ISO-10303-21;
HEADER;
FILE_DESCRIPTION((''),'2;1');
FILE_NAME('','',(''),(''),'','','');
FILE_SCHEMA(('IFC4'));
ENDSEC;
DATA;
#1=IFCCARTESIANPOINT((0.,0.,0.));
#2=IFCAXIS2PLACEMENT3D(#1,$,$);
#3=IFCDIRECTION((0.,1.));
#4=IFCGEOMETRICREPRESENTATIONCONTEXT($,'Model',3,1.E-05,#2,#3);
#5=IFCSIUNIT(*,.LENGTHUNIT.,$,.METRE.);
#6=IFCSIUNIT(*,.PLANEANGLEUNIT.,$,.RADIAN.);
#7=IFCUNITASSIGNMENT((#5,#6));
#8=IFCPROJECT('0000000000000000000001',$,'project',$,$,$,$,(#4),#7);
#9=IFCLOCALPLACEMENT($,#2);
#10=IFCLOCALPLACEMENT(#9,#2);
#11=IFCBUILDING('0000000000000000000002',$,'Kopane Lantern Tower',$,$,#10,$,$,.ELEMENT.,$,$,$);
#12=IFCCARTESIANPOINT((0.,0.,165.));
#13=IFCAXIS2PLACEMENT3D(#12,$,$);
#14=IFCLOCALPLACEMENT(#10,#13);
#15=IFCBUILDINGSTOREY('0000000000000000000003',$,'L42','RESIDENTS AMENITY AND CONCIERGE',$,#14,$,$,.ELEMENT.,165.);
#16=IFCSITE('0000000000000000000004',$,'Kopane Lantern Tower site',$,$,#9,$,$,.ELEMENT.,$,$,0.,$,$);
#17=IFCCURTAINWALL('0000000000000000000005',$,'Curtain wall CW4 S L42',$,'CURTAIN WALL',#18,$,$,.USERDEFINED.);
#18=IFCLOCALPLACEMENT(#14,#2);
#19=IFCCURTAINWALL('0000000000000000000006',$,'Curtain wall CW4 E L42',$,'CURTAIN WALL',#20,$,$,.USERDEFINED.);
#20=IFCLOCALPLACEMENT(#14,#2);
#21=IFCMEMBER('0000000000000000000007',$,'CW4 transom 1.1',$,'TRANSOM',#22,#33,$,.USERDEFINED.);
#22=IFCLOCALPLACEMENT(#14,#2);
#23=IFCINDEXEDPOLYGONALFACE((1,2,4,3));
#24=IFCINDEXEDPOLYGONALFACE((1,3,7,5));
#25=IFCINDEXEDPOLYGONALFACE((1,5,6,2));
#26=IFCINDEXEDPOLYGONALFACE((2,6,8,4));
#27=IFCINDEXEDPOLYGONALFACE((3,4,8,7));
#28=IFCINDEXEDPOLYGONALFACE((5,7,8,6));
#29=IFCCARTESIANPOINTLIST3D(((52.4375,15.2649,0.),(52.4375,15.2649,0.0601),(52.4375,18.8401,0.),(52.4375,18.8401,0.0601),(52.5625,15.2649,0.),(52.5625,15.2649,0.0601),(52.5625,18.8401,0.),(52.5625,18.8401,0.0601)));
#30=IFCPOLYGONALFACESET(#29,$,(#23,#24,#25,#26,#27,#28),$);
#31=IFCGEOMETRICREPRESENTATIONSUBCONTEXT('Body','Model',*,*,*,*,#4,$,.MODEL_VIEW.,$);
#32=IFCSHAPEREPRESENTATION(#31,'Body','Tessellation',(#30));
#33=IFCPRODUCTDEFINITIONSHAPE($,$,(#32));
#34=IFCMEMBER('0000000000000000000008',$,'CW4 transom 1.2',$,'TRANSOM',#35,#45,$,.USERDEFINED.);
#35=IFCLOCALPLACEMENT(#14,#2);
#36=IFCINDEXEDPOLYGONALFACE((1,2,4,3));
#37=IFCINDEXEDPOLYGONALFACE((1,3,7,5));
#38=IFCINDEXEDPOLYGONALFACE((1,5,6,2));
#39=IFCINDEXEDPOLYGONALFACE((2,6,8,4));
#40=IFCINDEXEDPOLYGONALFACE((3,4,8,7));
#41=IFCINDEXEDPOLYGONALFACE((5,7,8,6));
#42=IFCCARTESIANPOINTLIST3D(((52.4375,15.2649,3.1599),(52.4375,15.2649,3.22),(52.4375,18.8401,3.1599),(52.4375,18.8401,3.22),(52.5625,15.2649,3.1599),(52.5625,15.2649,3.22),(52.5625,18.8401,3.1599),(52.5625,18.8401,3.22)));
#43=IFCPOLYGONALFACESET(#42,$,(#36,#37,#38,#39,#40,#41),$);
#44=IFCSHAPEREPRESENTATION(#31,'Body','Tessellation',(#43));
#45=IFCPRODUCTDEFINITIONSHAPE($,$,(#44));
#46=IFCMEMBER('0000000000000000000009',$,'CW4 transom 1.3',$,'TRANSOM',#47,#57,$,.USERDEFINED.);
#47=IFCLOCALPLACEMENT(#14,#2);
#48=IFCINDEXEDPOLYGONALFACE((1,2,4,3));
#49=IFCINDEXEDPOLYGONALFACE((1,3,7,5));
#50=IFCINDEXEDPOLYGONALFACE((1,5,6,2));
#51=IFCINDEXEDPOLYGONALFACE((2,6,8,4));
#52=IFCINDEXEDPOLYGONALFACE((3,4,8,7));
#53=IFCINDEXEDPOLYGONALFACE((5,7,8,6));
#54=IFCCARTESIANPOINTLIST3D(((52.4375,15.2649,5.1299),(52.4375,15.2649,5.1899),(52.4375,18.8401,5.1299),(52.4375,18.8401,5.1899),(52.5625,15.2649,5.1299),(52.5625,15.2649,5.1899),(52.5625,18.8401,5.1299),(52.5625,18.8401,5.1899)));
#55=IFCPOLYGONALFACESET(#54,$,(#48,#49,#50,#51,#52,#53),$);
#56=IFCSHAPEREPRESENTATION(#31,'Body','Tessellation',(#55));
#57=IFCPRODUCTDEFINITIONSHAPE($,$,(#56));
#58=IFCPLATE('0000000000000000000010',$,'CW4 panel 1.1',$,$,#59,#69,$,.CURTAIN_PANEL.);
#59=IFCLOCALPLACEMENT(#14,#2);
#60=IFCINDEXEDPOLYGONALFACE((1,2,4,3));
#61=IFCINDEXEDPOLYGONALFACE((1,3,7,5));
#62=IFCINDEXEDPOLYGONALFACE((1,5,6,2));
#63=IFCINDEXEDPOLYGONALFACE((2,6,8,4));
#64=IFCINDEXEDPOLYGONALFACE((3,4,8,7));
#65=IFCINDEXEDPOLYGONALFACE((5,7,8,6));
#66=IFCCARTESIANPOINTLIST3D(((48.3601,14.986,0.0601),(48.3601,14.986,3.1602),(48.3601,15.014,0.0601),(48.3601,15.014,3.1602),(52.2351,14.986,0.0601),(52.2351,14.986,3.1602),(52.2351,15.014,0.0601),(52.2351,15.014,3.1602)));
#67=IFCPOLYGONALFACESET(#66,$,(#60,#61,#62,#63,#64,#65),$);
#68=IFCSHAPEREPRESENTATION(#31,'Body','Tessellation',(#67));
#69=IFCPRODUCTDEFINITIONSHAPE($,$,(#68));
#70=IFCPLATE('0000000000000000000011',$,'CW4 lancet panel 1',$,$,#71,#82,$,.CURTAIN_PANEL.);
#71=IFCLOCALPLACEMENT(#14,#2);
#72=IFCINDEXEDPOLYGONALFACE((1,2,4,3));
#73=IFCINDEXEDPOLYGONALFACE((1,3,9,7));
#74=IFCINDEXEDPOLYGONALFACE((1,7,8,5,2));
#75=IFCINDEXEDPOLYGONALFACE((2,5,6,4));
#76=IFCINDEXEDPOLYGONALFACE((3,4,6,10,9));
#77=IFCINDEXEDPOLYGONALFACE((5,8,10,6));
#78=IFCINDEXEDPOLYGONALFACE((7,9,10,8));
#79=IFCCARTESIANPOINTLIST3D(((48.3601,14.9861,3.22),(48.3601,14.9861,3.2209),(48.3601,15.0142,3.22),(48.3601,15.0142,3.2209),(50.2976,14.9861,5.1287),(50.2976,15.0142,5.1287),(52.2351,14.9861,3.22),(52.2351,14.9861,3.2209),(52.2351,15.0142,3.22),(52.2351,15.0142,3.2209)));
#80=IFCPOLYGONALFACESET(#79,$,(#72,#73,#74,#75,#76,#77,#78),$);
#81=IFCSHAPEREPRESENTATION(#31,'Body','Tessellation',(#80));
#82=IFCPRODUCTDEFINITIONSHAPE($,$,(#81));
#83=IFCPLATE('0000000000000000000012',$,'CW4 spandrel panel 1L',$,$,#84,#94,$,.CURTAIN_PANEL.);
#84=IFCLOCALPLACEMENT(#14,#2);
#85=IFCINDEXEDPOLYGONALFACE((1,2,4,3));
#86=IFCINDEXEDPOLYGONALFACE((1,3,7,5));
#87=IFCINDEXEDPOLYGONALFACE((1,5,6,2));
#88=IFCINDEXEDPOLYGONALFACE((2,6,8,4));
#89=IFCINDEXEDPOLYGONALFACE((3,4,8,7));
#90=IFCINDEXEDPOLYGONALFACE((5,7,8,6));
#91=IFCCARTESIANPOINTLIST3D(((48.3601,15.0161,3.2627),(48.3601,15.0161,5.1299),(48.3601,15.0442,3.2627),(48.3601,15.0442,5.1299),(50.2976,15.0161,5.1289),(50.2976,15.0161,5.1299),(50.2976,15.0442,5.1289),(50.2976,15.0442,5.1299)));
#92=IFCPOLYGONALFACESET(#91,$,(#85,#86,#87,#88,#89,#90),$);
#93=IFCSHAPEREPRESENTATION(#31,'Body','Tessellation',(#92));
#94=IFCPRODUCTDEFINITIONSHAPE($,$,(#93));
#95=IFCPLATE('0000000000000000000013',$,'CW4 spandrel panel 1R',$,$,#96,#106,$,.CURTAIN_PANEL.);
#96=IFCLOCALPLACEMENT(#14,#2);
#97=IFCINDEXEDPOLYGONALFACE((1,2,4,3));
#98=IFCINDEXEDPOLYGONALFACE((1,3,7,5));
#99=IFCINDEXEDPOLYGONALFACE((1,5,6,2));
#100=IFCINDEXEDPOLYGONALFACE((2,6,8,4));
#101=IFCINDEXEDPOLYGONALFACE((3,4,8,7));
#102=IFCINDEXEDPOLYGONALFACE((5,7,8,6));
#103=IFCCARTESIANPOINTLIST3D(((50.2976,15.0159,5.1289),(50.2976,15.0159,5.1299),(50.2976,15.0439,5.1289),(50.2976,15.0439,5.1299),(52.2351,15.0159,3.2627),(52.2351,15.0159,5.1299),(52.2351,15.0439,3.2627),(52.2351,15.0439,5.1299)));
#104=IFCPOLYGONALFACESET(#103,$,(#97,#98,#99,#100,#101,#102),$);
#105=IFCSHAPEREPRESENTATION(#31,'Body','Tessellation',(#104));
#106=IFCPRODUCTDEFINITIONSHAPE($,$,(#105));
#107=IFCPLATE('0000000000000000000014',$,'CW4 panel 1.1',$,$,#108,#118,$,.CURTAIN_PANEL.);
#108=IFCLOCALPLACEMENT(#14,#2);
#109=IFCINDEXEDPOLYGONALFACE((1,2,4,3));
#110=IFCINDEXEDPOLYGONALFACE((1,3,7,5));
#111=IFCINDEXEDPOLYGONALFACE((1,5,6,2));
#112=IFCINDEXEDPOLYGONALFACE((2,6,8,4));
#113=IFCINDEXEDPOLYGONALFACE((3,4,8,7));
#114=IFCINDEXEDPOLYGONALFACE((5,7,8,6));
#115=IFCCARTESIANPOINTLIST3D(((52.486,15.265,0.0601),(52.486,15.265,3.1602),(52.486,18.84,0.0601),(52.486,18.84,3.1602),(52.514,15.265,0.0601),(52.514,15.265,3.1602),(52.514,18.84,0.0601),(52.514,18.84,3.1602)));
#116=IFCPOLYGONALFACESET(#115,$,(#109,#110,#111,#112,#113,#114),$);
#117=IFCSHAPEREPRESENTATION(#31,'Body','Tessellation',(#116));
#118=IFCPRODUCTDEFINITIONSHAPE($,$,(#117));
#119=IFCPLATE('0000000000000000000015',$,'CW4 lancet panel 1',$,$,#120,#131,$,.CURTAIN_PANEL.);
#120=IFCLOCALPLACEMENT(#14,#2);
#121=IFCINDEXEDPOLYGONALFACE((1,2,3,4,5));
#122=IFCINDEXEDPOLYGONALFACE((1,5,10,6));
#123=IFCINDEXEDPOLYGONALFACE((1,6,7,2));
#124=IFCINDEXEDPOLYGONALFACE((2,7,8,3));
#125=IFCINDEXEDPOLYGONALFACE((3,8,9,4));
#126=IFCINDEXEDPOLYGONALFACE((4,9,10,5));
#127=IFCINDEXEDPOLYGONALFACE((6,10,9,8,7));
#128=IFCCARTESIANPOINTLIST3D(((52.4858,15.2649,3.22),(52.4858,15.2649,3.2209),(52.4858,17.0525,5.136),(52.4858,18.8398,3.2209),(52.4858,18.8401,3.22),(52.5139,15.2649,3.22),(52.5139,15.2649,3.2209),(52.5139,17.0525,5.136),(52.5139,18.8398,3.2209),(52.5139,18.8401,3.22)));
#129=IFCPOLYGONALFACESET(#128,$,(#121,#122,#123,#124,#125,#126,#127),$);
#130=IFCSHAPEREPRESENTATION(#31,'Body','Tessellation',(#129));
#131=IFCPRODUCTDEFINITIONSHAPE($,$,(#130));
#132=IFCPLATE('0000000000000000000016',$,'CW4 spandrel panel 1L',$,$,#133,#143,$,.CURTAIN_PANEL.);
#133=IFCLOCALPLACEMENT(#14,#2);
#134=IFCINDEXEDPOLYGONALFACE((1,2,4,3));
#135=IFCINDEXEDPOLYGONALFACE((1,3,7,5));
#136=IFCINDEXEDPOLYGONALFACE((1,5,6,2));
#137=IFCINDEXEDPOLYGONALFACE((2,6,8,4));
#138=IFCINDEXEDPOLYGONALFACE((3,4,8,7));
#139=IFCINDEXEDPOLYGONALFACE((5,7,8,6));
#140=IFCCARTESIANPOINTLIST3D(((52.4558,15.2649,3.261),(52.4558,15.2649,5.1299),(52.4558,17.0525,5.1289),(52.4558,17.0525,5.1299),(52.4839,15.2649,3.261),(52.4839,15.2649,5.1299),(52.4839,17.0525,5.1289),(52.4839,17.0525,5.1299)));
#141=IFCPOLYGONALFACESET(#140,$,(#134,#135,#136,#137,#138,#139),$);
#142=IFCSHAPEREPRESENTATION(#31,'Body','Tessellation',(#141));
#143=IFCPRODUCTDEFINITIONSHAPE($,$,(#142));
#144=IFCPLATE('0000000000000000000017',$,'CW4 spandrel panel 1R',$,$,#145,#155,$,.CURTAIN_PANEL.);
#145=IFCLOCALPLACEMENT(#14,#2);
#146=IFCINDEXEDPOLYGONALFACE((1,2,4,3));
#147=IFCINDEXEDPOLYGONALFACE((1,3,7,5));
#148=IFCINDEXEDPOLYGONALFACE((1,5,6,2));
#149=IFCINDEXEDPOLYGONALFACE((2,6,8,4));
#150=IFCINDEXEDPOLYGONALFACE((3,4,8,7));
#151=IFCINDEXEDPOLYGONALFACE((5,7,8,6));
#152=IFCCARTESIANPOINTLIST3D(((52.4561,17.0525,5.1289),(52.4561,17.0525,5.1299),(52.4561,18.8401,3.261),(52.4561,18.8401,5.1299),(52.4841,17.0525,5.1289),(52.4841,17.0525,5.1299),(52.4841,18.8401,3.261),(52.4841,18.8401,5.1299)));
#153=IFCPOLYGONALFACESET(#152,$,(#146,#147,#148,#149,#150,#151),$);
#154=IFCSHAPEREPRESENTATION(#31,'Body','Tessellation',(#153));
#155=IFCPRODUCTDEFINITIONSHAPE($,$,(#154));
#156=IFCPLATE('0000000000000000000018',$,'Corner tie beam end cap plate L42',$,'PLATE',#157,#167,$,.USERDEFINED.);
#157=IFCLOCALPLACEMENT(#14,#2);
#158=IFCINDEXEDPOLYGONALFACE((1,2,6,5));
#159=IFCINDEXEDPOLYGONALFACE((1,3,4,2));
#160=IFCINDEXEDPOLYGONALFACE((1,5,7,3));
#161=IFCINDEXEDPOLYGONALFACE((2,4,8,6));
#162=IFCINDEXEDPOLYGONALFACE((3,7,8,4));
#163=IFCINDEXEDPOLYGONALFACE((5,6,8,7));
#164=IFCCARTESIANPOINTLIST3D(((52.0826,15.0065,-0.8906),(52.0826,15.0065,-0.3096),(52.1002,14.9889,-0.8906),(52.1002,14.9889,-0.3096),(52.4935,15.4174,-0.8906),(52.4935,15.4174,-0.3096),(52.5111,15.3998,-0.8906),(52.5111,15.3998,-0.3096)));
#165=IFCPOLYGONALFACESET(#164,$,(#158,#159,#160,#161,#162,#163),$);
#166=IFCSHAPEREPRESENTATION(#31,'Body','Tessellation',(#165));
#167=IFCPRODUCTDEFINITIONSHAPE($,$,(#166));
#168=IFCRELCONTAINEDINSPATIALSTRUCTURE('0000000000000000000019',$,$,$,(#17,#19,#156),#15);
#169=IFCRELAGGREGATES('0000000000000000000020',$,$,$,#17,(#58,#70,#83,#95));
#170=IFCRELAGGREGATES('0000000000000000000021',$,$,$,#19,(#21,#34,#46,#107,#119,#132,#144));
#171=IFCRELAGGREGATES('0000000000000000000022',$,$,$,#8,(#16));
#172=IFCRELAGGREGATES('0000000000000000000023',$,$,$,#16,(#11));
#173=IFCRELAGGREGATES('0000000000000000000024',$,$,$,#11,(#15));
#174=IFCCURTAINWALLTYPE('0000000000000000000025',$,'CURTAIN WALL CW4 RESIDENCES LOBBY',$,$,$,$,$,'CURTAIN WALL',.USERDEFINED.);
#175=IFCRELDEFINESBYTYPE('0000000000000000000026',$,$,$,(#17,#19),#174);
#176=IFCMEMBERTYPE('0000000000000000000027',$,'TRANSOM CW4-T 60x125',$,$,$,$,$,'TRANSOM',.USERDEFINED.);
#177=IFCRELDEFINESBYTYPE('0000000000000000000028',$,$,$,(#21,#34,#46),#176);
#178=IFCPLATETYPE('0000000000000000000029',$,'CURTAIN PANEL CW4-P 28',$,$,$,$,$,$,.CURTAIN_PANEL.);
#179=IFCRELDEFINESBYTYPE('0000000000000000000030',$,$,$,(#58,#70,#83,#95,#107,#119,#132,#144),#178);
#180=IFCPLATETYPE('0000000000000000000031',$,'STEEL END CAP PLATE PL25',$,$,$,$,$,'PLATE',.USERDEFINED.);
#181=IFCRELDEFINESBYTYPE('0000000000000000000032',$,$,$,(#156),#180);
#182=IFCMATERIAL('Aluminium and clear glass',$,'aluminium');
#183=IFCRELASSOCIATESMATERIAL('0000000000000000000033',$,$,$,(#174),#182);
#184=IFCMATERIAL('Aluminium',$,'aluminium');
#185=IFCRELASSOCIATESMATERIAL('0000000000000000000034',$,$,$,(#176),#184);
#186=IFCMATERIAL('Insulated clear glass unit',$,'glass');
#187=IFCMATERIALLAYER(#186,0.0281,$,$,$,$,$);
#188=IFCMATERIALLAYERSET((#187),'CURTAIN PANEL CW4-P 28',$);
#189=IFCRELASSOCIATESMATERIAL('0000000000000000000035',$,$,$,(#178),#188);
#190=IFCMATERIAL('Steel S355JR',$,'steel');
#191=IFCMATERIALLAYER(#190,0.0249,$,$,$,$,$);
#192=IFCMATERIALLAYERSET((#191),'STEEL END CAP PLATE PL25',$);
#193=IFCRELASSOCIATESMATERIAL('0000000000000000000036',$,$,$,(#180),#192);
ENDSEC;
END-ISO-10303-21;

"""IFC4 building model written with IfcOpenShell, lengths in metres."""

from ifc_helpers import new_model, si_unit, direction, frame, origin, origin_2d, place, context, subcontext, project, spatial, polyline, rectangle, outline, extrude, material, layer, layer_set, material_profile, profile_set, type_object, element, aggregate, save


model = new_model("IFC4")

# Units and contexts
model_context = context("Model", 3, precision=1e-05, world=origin(), true_north=direction((0.0, 1.0)))
body_context = subcontext(model_context, "Body", "Model", "MODEL_VIEW")
ifc_project = project(units=[si_unit("LENGTHUNIT", "METRE"), si_unit("PLANEANGLEUNIT", "RADIAN")], contexts=[model_context])

# Site, building, storey
site_placement = place(None, origin())
site = spatial("IfcSite", under=ifc_project, at=site_placement, Name="Kopane Lantern Tower site", CompositionType="ELEMENT", RefElevation=0.0)
building_placement = place(site_placement, origin())
building = spatial("IfcBuilding", under=site, at=building_placement, Name="Kopane Lantern Tower", CompositionType="ELEMENT")
storey_placement = place(building_placement, frame((0.0, 0.0, 165.0)))
storey = spatial("IfcBuildingStorey", under=building, at=storey_placement, Name="L42", Description="RESIDENTS AMENITY AND CONCIERGE", CompositionType="ELEMENT", Elevation=165.0)

# Curtain walls
ifc_material_1 = material(Name="Aluminium and clear glass", Category="aluminium")
curtain_wall_type = type_object("IfcCurtainWallType", Name="CURTAIN WALL CW4 RESIDENCES LOBBY", ElementType="CURTAIN WALL", PredefinedType="USERDEFINED", material=ifc_material_1)
curtain_wall_1_placement = place(storey_placement, origin())
curtain_wall_1 = element("IfcCurtainWall", 1, at=curtain_wall_1_placement, inside=storey, type_object=curtain_wall_type, Name="Curtain wall CW4 S L42", ObjectType="CURTAIN WALL", PredefinedType="USERDEFINED")
curtain_wall_2_placement = place(storey_placement, origin())
curtain_wall_2 = element("IfcCurtainWall", 2, at=curtain_wall_2_placement, inside=storey, type_object=curtain_wall_type, Name="Curtain wall CW4 E L42", ObjectType="CURTAIN WALL", PredefinedType="USERDEFINED")

# Members
ifc_material_2 = material(Name="Aluminium", Category="aluminium")
ifc_material_profile_1 = material_profile(ifc_material_2, rectangle(XDim=0.125, YDim=0.0601, at=origin_2d()), Name="AL 125x60")
ifc_profile_set_1 = profile_set([ifc_material_profile_1], Name="Aluminium")
member_type_1 = type_object("IfcMemberType", Name="TRANSOM CW4-T 60x125", ElementType="TRANSOM", PredefinedType="USERDEFINED", material=ifc_profile_set_1)
member_1_placement = place(storey_placement, frame((52.5, 15.2649, 0.03), z_axis=(0.0, 1.0, 0.0), x_axis=(-1.0, 0.0, 0.0)))
member_1 = element("IfcMember", 3, at=member_1_placement, type_object=member_type_1, Name="CW4 transom 1.1", ObjectType="TRANSOM", PredefinedType="USERDEFINED", context=body_context, shape_type="SweptSolid", body=[
    extrude(rectangle(XDim=0.125, YDim=0.0601, at=origin_2d()), origin(), (0.0, 0.0, 1.0), 3.5752),
])
member_2_placement = place(storey_placement, frame((52.5, 15.2649, 3.1899), z_axis=(0.0, 1.0, 0.0), x_axis=(-1.0, 0.0, 0.0)))
member_2 = element("IfcMember", 4, at=member_2_placement, type_object=member_type_1, Name="CW4 transom 1.2", ObjectType="TRANSOM", PredefinedType="USERDEFINED", context=body_context, shape_type="SweptSolid", body=[
    extrude(rectangle(XDim=0.125, YDim=0.0601, at=origin_2d()), origin(), (0.0, 0.0, 1.0), 3.5752),
])
member_3_placement = place(storey_placement, frame((52.5, 15.2649, 5.1599), z_axis=(0.0, 1.0, 0.0), x_axis=(-1.0, 0.0, 0.0)))
member_3 = element("IfcMember", 5, at=member_3_placement, type_object=member_type_1, Name="CW4 transom 1.3", ObjectType="TRANSOM", PredefinedType="USERDEFINED", context=body_context, shape_type="SweptSolid", body=[
    extrude(rectangle(XDim=0.125, YDim=0.0601, at=origin_2d()), origin(), (0.0, 0.0, 1.0), 3.5752),
])

# Plates
ifc_material_3 = material(Name="Insulated clear glass unit", Category="glass")
ifc_layer_1 = layer(ifc_material_3, 0.0281)
ifc_layer_set_1 = layer_set([ifc_layer_1], Name="CURTAIN PANEL CW4-P 28")
plate_type_1 = type_object("IfcPlateType", Name="CURTAIN PANEL CW4-P 28", PredefinedType="CURTAIN_PANEL", material=ifc_layer_set_1)
plate_1_placement = place(storey_placement, frame((50.2976, 15.0, 0.0601), z_axis=(0.0, 0.0, 1.0), x_axis=(1.0, 0.0, 0.0)))
plate_1 = element("IfcPlate", 6, at=plate_1_placement, type_object=plate_type_1, Name="CW4 panel 1.1", PredefinedType="CURTAIN_PANEL", context=body_context, shape_type="SweptSolid", body=[
    extrude(rectangle(XDim=3.875, YDim=0.0281, at=origin_2d()), origin(), (0.0, 0.0, 1.0), 3.1001),
])
plate_2_placement = place(storey_placement, frame((48.3601, 15.0, 3.22), z_axis=(0.0, 0.0, 1.0), x_axis=(1.0, 0.0, 0.0)))
plate_2 = element("IfcPlate", 7, at=plate_2_placement, type_object=plate_type_1, Name="CW4 lancet panel 1", PredefinedType="CURTAIN_PANEL", context=body_context, shape_type="SweptSolid", body=[
    extrude(outline(polyline([(0.0, 0.0), (3.875, 0.0), (3.875, 0.001), (1.9375, 1.9087), (0.0, 0.001), (0.0, 0.0)])), frame((0.0, 0.0142, 0.0), z_axis=(0.0, -1.0, 0.0), x_axis=(1.0, 0.0, 0.0)), (0.0, 0.0, 1.0), 0.0281),
])
plate_3_placement = place(storey_placement, frame((48.3601, 15.03, 5.1299), z_axis=(0.0, 0.0, 1.0), x_axis=(1.0, 0.0, 0.0)))
plate_3 = element("IfcPlate", 8, at=plate_3_placement, type_object=plate_type_1, Name="CW4 spandrel panel 1L", PredefinedType="CURTAIN_PANEL", context=body_context, shape_type="SweptSolid", body=[
    extrude(outline(polyline([(0.0, 0.0), (1.9375, 0.0), (1.9375, -0.001), (0.0, -1.8672), (0.0, 0.0)])), frame((0.0, 0.0142, 0.0), z_axis=(0.0, -1.0, 0.0), x_axis=(1.0, 0.0, 0.0)), (0.0, 0.0, 1.0), 0.0281),
])
plate_4_placement = place(storey_placement, frame((52.2351, 15.03, 5.1299), z_axis=(0.0, 0.0, 1.0), x_axis=(-1.0, 0.0, 0.0)))
plate_4 = element("IfcPlate", 9, at=plate_4_placement, type_object=plate_type_1, Name="CW4 spandrel panel 1R", PredefinedType="CURTAIN_PANEL", context=body_context, shape_type="SweptSolid", body=[
    extrude(outline(polyline([(0.0, 0.0), (1.9375, 0.0), (1.9375, -0.001), (0.0, -1.8672), (0.0, 0.0)])), frame((0.0, 0.0142, 0.0), z_axis=(0.0, -1.0, 0.0), x_axis=(1.0, 0.0, 0.0)), (0.0, 0.0, 1.0), 0.0281),
])
aggregate(curtain_wall_1, [plate_1, plate_2, plate_3, plate_4])
plate_5_placement = place(storey_placement, frame((52.5, 17.0525, 0.0601), z_axis=(0.0, 0.0, 1.0), x_axis=(0.0, 1.0, 0.0)))
plate_5 = element("IfcPlate", 10, at=plate_5_placement, type_object=plate_type_1, Name="CW4 panel 1.1", PredefinedType="CURTAIN_PANEL", context=body_context, shape_type="SweptSolid", body=[
    extrude(rectangle(XDim=3.575, YDim=0.0281, at=origin_2d()), origin(), (0.0, 0.0, 1.0), 3.1001),
])
plate_6_placement = place(storey_placement, frame((52.5, 15.2649, 3.22), z_axis=(0.0, 0.0, 1.0), x_axis=(0.0, 1.0, 0.0)))
plate_6 = element("IfcPlate", 11, at=plate_6_placement, type_object=plate_type_1, Name="CW4 lancet panel 1", PredefinedType="CURTAIN_PANEL", context=body_context, shape_type="SweptSolid", body=[
    extrude(outline(polyline([(0.0, 0.0), (3.5752, 0.0), (3.575, 0.001), (1.7876, 1.916), (0.0, 0.001), (0.0, 0.0)])), frame((0.0, 0.0142, 0.0), z_axis=(0.0, -1.0, 0.0), x_axis=(1.0, 0.0, 0.0)), (0.0, 0.0, 1.0), 0.0281),
])
plate_7_placement = place(storey_placement, frame((52.47, 15.2649, 5.1299), z_axis=(0.0, 0.0, 1.0), x_axis=(0.0, 1.0, 0.0)))
plate_7 = element("IfcPlate", 12, at=plate_7_placement, type_object=plate_type_1, Name="CW4 spandrel panel 1L", PredefinedType="CURTAIN_PANEL", context=body_context, shape_type="SweptSolid", body=[
    extrude(outline(polyline([(0.0, 0.0), (1.7876, 0.0), (1.7876, -0.001), (0.0, -1.8689), (0.0, 0.0)])), frame((0.0, 0.0142, 0.0), z_axis=(0.0, -1.0, 0.0), x_axis=(1.0, 0.0, 0.0)), (0.0, 0.0, 1.0), 0.0281),
])
plate_8_placement = place(storey_placement, frame((52.47, 18.8401, 5.1299), z_axis=(0.0, 0.0, 1.0), x_axis=(0.0, -1.0, 0.0)))
plate_8 = element("IfcPlate", 13, at=plate_8_placement, type_object=plate_type_1, Name="CW4 spandrel panel 1R", PredefinedType="CURTAIN_PANEL", context=body_context, shape_type="SweptSolid", body=[
    extrude(outline(polyline([(0.0, 0.0), (1.7876, 0.0), (1.7876, -0.001), (0.0, -1.8689), (0.0, 0.0)])), frame((0.0, 0.0142, 0.0), z_axis=(0.0, -1.0, 0.0), x_axis=(1.0, 0.0, 0.0)), (0.0, 0.0, 1.0), 0.0281),
])
aggregate(curtain_wall_2, [member_1, member_2, member_3, plate_5, plate_6, plate_7, plate_8])
ifc_material_4 = material(Name="Steel S355JR", Category="steel")
ifc_layer_2 = layer(ifc_material_4, 0.0249)
ifc_layer_set_2 = layer_set([ifc_layer_2], Name="STEEL END CAP PLATE PL25")
plate_type_2 = type_object("IfcPlateType", Name="STEEL END CAP PLATE PL25", ElementType="PLATE", PredefinedType="USERDEFINED", material=ifc_layer_set_2)
plate_9_placement = place(storey_placement, frame((52.2969, 15.2031, -0.8906), z_axis=(0.0, 0.0, 1.0), x_axis=(0.707107, -0.707107, 0.0)))
element("IfcPlate", 14, at=plate_9_placement, inside=storey, type_object=plate_type_2, Name="Corner tie beam end cap plate L42", ObjectType="PLATE", PredefinedType="USERDEFINED", context=body_context, shape_type="SweptSolid", body=[
    extrude(rectangle(XDim=0.0249, YDim=0.5811, at=origin_2d()), origin(), (0.0, 0.0, 1.0), 0.5811),
])

save(model, "model.ifc")
